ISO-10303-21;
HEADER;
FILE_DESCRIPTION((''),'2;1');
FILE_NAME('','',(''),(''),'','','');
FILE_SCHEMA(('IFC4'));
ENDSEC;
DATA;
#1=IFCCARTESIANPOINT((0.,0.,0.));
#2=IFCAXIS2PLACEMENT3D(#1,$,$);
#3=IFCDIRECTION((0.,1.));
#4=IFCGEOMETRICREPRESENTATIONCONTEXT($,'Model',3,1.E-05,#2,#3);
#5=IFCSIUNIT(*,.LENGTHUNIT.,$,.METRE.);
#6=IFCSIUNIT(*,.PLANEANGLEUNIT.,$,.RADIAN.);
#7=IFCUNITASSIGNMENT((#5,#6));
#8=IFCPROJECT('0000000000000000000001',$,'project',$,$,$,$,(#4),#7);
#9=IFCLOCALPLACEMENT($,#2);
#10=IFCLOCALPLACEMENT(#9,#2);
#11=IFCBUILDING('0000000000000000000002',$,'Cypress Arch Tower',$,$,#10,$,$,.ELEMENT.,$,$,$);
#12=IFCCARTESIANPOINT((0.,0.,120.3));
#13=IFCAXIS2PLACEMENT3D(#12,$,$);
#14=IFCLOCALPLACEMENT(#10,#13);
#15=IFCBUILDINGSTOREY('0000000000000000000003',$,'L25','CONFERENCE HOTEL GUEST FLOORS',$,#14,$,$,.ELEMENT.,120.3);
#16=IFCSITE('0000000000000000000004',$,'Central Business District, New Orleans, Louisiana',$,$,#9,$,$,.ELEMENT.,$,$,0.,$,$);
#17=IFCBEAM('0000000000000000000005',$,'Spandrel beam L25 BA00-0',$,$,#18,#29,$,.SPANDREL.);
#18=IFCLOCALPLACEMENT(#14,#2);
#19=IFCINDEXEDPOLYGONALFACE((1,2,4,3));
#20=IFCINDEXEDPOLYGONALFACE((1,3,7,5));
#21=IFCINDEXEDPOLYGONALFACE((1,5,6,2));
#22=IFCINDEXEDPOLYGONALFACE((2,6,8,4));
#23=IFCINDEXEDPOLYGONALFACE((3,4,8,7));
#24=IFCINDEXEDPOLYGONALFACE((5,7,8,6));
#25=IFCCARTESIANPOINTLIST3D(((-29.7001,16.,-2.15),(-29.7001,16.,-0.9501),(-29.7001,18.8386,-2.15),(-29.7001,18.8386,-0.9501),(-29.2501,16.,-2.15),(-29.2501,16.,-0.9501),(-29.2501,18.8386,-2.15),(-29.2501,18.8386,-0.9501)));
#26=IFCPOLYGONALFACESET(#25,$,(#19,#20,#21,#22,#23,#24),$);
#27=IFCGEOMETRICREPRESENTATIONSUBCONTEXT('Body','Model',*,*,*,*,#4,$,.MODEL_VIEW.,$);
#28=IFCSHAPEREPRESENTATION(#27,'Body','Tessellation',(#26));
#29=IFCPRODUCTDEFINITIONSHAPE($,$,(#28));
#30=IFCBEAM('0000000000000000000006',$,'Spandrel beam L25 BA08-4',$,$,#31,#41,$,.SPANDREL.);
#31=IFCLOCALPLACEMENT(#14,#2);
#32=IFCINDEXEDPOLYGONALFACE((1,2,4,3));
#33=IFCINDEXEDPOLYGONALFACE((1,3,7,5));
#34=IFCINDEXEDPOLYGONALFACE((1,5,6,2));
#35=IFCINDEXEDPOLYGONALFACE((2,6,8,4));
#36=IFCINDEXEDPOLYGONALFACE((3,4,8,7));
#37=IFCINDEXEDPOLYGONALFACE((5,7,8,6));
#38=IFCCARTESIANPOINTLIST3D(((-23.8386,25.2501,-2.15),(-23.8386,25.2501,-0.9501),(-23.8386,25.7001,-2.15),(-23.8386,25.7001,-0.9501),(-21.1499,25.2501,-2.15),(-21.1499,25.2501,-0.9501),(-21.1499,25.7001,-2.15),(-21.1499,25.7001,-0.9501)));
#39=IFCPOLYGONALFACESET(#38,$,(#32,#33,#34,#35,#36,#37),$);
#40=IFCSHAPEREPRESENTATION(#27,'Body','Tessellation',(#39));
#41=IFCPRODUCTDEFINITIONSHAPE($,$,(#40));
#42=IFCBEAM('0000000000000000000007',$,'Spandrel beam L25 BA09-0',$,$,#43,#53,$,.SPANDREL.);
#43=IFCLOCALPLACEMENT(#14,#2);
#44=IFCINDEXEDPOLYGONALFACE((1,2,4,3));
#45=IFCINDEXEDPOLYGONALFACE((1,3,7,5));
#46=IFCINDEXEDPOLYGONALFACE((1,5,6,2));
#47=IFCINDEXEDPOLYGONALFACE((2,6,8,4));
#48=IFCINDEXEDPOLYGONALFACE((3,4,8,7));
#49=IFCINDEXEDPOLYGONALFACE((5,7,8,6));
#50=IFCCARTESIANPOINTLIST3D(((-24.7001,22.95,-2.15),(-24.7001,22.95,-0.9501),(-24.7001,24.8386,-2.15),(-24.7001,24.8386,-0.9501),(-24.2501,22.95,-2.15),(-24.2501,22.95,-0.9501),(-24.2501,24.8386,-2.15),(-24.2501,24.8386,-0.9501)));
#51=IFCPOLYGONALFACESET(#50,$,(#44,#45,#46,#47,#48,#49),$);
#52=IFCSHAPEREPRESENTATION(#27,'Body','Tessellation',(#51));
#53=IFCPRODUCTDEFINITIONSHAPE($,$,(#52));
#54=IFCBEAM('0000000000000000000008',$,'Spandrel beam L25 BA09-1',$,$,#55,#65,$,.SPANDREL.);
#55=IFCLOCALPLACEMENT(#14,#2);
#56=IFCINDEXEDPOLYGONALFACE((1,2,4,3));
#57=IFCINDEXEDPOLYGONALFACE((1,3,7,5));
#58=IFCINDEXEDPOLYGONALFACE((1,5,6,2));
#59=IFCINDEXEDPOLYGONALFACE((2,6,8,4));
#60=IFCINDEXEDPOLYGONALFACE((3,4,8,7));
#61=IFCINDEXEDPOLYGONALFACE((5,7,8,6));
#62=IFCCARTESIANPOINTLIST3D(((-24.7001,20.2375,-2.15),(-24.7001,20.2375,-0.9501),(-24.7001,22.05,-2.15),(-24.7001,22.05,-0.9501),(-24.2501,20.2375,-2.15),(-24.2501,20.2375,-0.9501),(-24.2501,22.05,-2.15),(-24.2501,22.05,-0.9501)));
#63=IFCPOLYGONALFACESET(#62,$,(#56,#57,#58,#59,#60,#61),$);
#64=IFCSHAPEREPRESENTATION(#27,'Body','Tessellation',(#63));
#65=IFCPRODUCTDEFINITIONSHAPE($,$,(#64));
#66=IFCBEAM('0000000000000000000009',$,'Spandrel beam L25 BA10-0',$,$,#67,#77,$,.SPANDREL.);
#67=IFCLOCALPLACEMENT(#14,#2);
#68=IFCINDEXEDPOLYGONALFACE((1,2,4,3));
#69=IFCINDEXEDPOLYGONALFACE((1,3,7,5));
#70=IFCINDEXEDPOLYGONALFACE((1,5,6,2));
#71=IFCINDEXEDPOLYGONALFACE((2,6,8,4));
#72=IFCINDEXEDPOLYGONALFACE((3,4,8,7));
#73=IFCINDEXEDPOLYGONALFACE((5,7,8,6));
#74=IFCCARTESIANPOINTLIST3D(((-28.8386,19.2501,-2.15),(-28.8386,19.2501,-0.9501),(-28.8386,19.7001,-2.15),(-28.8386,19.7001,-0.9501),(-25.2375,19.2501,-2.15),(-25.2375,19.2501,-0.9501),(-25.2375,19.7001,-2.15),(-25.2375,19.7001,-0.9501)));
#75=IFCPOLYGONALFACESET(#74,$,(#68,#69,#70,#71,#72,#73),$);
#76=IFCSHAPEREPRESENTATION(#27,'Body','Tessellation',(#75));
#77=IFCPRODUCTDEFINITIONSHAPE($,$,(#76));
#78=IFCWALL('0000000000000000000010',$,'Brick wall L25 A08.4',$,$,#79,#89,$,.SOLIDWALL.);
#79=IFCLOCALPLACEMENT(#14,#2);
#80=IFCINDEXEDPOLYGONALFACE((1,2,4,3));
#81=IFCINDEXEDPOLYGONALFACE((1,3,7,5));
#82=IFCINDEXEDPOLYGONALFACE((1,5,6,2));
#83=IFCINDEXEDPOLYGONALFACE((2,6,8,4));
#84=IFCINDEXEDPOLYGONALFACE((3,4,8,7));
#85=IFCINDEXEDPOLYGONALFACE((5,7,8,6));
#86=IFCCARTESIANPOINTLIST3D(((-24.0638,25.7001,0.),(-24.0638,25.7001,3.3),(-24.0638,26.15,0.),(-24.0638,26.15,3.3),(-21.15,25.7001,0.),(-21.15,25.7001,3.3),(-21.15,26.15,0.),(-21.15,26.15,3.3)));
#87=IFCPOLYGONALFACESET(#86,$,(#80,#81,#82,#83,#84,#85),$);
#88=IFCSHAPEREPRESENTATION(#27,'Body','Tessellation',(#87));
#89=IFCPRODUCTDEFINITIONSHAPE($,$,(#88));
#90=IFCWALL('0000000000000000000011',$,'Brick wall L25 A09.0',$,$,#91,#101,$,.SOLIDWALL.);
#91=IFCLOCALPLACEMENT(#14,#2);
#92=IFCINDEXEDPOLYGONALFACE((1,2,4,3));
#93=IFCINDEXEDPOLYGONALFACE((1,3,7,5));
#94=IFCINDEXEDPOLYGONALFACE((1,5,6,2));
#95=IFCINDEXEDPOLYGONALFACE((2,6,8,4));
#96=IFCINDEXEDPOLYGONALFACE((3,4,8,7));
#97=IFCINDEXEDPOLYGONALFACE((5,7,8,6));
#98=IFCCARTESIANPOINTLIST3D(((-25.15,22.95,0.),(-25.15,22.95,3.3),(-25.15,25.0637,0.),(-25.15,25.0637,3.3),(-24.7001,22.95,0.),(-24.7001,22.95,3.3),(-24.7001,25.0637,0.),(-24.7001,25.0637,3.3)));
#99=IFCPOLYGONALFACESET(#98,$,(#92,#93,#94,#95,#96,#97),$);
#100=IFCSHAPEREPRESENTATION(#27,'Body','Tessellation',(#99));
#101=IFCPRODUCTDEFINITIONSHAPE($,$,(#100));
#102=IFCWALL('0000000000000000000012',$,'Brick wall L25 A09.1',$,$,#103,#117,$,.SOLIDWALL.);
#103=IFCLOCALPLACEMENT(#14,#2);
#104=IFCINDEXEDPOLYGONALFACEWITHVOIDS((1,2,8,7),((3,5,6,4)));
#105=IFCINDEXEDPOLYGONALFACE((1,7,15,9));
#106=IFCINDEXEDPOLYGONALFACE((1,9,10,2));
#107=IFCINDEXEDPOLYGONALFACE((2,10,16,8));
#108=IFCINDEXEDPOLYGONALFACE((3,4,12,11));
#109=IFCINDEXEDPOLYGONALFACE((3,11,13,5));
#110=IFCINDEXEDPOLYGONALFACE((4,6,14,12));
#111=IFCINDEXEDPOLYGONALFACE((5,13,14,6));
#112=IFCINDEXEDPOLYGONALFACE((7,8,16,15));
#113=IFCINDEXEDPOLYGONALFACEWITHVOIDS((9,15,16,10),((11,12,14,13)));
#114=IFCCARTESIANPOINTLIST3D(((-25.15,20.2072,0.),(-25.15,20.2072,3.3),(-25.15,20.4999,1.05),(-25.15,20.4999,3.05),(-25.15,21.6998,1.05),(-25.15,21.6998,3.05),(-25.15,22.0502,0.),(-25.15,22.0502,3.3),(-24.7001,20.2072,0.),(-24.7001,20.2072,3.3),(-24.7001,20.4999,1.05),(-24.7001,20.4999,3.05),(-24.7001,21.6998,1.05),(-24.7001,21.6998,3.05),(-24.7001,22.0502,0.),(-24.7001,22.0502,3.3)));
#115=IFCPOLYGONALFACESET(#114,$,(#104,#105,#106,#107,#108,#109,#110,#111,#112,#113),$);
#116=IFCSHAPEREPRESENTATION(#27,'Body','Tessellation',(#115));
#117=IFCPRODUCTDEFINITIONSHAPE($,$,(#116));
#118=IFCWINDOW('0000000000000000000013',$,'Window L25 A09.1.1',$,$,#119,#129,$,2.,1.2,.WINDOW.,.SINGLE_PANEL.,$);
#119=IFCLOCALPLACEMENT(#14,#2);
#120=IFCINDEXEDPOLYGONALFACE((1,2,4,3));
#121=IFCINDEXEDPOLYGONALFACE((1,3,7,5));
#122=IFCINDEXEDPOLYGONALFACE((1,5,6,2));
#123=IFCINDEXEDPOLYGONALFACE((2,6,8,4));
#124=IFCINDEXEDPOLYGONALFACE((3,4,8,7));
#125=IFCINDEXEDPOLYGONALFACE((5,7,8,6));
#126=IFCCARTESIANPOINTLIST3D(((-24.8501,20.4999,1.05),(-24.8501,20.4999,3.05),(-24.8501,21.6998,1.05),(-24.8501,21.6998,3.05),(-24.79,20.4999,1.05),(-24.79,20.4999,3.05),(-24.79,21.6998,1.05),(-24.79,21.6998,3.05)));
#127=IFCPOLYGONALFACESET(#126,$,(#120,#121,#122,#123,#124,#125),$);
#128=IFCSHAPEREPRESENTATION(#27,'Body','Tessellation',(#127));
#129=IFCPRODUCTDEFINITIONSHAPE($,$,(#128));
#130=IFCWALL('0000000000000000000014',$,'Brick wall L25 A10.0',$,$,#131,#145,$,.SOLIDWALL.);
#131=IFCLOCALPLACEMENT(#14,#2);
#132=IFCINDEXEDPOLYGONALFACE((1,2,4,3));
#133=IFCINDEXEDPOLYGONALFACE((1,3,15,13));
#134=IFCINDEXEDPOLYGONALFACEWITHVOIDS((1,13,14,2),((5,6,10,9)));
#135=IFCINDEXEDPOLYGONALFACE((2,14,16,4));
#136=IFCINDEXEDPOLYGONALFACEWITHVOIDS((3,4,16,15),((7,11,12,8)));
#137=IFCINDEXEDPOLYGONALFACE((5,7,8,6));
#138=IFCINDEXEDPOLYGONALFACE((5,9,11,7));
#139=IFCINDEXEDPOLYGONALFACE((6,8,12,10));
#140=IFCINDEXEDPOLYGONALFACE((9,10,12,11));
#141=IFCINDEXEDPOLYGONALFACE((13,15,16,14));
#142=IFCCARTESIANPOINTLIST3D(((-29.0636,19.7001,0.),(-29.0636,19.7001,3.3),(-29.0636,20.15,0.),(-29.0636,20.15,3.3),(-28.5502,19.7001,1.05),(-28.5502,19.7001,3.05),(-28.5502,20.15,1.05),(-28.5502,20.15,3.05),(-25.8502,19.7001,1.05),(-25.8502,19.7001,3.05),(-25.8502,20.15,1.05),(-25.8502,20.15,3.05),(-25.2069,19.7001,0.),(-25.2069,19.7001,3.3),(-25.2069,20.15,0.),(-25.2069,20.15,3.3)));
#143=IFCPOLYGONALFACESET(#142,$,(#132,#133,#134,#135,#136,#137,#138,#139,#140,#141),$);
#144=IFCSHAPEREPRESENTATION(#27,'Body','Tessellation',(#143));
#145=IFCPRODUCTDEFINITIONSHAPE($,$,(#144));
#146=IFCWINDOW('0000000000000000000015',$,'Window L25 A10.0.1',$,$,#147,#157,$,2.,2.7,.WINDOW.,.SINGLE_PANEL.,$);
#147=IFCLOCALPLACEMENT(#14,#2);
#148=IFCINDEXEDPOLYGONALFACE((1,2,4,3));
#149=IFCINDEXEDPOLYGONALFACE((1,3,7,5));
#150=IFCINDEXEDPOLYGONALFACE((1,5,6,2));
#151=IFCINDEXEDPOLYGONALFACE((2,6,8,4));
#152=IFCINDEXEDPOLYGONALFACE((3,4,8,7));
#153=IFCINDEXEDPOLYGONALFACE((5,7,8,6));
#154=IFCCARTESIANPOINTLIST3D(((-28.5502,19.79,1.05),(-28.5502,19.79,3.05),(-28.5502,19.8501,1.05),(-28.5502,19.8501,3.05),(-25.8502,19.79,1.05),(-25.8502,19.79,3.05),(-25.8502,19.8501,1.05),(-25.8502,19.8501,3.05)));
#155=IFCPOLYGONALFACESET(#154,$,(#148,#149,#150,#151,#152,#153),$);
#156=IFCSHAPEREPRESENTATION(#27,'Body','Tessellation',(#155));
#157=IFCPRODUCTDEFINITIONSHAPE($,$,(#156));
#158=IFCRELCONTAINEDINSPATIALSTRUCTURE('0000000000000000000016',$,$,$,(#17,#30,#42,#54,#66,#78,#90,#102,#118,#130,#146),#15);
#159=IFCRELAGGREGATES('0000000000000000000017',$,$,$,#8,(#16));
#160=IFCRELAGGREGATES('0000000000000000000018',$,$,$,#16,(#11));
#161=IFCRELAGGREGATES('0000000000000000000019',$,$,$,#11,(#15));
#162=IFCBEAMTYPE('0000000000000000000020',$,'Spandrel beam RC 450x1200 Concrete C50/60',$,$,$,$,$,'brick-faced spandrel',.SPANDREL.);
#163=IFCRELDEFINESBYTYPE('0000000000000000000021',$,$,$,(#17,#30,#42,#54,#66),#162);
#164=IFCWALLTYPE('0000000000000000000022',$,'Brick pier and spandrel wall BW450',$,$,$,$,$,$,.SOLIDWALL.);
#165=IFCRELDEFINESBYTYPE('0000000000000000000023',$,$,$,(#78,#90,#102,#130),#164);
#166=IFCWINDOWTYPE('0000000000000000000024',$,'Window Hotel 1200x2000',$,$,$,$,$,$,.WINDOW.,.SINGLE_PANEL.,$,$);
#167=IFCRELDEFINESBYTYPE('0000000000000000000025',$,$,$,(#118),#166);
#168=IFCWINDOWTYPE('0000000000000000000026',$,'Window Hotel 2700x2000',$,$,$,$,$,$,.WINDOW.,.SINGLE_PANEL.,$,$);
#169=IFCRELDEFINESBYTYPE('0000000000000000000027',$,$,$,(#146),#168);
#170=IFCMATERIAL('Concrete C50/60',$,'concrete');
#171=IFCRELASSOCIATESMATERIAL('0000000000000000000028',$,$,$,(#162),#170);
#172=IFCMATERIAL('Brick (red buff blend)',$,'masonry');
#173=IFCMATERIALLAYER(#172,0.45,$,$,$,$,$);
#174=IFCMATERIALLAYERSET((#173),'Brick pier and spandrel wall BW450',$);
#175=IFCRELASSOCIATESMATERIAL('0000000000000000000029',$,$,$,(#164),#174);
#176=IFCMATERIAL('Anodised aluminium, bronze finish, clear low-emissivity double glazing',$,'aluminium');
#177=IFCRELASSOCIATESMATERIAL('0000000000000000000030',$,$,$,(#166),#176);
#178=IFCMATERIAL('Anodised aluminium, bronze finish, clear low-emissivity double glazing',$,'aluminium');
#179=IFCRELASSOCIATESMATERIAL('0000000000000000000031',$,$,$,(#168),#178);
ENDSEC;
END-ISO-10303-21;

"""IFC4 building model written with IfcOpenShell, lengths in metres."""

from ifc_helpers import new_model, si_unit, direction, frame, frame_2d, origin, origin_2d, place, context, subcontext, project, spatial, rectangle, extrude, material, layer, layer_set, material_profile, profile_set, type_object, element, fill, save


model = new_model("IFC4")

# Units and contexts
model_context = context("Model", 3, precision=1e-05, world=origin(), true_north=direction((0.0, 1.0)))
body_context = subcontext(model_context, "Body", "Model", "MODEL_VIEW")
ifc_project = project(units=[si_unit("LENGTHUNIT", "METRE"), si_unit("PLANEANGLEUNIT", "RADIAN")], contexts=[model_context])

# Site, building, storey
site_placement = place(None, origin())
site = spatial("IfcSite", under=ifc_project, at=site_placement, Name="Central Business District, New Orleans, Louisiana", CompositionType="ELEMENT", RefElevation=0.0)
building_placement = place(site_placement, origin())
building = spatial("IfcBuilding", under=site, at=building_placement, Name="Cypress Arch Tower", CompositionType="ELEMENT")
storey_placement = place(building_placement, frame((0.0, 0.0, 120.3)))
storey = spatial("IfcBuildingStorey", under=building, at=storey_placement, Name="L25", Description="CONFERENCE HOTEL GUEST FLOORS", CompositionType="ELEMENT", Elevation=120.3)

# Beams
ifc_material_1 = material(Name="Concrete C50/60", Category="concrete")
ifc_material_profile_1 = material_profile(ifc_material_1, rectangle(XDim=0.45, YDim=1.2, at=origin_2d()), Name="RC 450x1200")
ifc_profile_set_1 = profile_set([ifc_material_profile_1], Name="Concrete C50/60")
beam_type_1 = type_object("IfcBeamType", Name="Spandrel beam RC 450x1200 Concrete C50/60", ElementType="brick-faced spandrel", PredefinedType="SPANDREL", material=ifc_profile_set_1)
beam_1_placement = place(storey_placement, frame((-29.4751, 18.8386, -1.55), z_axis=(0.0, -1.0, 0.0), x_axis=(1.0, 0.0, 0.0)))
element("IfcBeam", 1, at=beam_1_placement, inside=storey, type_object=beam_type_1, Name="Spandrel beam L25 BA00-0", PredefinedType="SPANDREL", context=body_context, shape_type="SweptSolid", body=[
    extrude(rectangle(XDim=0.45, YDim=1.2, at=origin_2d()), origin(), (0.0, 0.0, 1.0), 2.8386),
])
beam_2_placement = place(storey_placement, frame((-21.1499, 25.4751, -1.55), z_axis=(-1.0, 0.0, 0.0), x_axis=(0.0, -1.0, 0.0)))
element("IfcBeam", 2, at=beam_2_placement, inside=storey, type_object=beam_type_1, Name="Spandrel beam L25 BA08-4", PredefinedType="SPANDREL", context=body_context, shape_type="SweptSolid", body=[
    extrude(rectangle(XDim=0.45, YDim=1.2, at=origin_2d()), origin(), (0.0, 0.0, 1.0), 2.6887),
])
beam_3_placement = place(storey_placement, frame((-24.4751, 24.8386, -1.55), z_axis=(0.0, -1.0, 0.0), x_axis=(1.0, 0.0, 0.0)))
element("IfcBeam", 3, at=beam_3_placement, inside=storey, type_object=beam_type_1, Name="Spandrel beam L25 BA09-0", PredefinedType="SPANDREL", context=body_context, shape_type="SweptSolid", body=[
    extrude(rectangle(XDim=0.45, YDim=1.2, at=origin_2d()), origin(), (0.0, 0.0, 1.0), 1.8887),
])
beam_4_placement = place(storey_placement, frame((-24.4751, 22.05, -1.55), z_axis=(0.0, -1.0, 0.0), x_axis=(1.0, 0.0, 0.0)))
element("IfcBeam", 4, at=beam_4_placement, inside=storey, type_object=beam_type_1, Name="Spandrel beam L25 BA09-1", PredefinedType="SPANDREL", context=body_context, shape_type="SweptSolid", body=[
    extrude(rectangle(XDim=0.45, YDim=1.2, at=origin_2d()), origin(), (0.0, 0.0, 1.0), 1.8125),
])
beam_5_placement = place(storey_placement, frame((-25.2375, 19.4751, -1.55), z_axis=(-1.0, 0.0, 0.0), x_axis=(0.0, -1.0, 0.0)))
element("IfcBeam", 5, at=beam_5_placement, inside=storey, type_object=beam_type_1, Name="Spandrel beam L25 BA10-0", PredefinedType="SPANDREL", context=body_context, shape_type="SweptSolid", body=[
    extrude(rectangle(XDim=0.45, YDim=1.2, at=origin_2d()), origin(), (0.0, 0.0, 1.0), 3.6011),
])

# Shared definitions
ifc_material_2 = material(Name="Brick (red buff blend)", Category="masonry")
ifc_layer_1 = layer(ifc_material_2, 0.45)
ifc_layer_set_1 = layer_set([ifc_layer_1], Name="Brick pier and spandrel wall BW450")
wall_type_1 = type_object("IfcWallType", Name="Brick pier and spandrel wall BW450", PredefinedType="SOLIDWALL", material=ifc_layer_set_1)

# Walls
wall_1_placement = place(storey_placement, frame((-21.1499, 25.925, 0.0), z_axis=(0.0, 0.0, 1.0), x_axis=(-1.0, 0.0, 0.0)))
element("IfcWall", 6, at=wall_1_placement, inside=storey, type_object=wall_type_1, Name="Brick wall L25 A08.4", PredefinedType="SOLIDWALL", context=body_context, shape_type="SweptSolid", body=[
    extrude(rectangle(XDim=2.9138, YDim=0.45, at=frame_2d((1.457, 0.0))), origin(), (0.0, 0.0, 1.0), 3.3),
])
wall_2_placement = place(storey_placement, frame((-24.925, 25.0637, 0.0), z_axis=(0.0, 0.0, 1.0), x_axis=(0.0, -1.0, 0.0)))
element("IfcWall", 7, at=wall_2_placement, inside=storey, type_object=wall_type_1, Name="Brick wall L25 A09.0", PredefinedType="SOLIDWALL", context=body_context, shape_type="SweptSolid", body=[
    extrude(rectangle(XDim=2.1138, YDim=0.45, at=frame_2d((1.0569, 0.0))), origin(), (0.0, 0.0, 1.0), 3.3),
])

# Walls, openings, windows
wall_3_placement = place(storey_placement, frame((-24.925, 22.05, 0.0), z_axis=(0.0, 0.0, 1.0), x_axis=(0.0, -1.0, 0.0)))
wall_3 = element("IfcWall", 8, at=wall_3_placement, inside=storey, type_object=wall_type_1, Name="Brick wall L25 A09.1", PredefinedType="SOLIDWALL", context=body_context, shape_type="SweptSolid", body=[
    extrude(rectangle(XDim=1.843, YDim=0.45, at=frame_2d((0.9214, 0.0))), origin(), (0.0, 0.0, 1.0), 3.3),
])
opening_1_placement = place(wall_3_placement, frame((0.3501, 0.0, 1.05)))
opening_1 = element("IfcOpeningElement", 9, at=opening_1_placement, cuts=wall_3, PredefinedType="OPENING", context=body_context, shape_type="SweptSolid", body=[
    extrude(rectangle(XDim=1.2, YDim=2.0, at=frame_2d((0.6001, 1.0))), frame((0.0, 0.2349, 0.0), z_axis=(0.0, -1.0, 0.0), x_axis=(1.0, 0.0, 0.0)), (0.0, 0.0, 1.0), 0.47),
])
ifc_material_3 = material(Name="Anodised aluminium, bronze finish, clear low-emissivity double glazing", Category="aluminium")
window_type_1 = type_object("IfcWindowType", Name="Window Hotel 1200x2000", PartitioningType="SINGLE_PANEL", PredefinedType="WINDOW", material=ifc_material_3)
window_1_placement = place(opening_1_placement, origin())
window_1 = element("IfcWindow", 10, at=window_1_placement, inside=storey, type_object=window_type_1, Name="Window L25 A09.1.1", OverallHeight=2.0, OverallWidth=1.2, PartitioningType="SINGLE_PANEL", PredefinedType="WINDOW", context=body_context, shape_type="SweptSolid", body=[
    extrude(rectangle(XDim=1.2, YDim=2.0, at=frame_2d((0.6001, 1.0))), frame((0.0, 0.135, 0.0), z_axis=(0.0, -1.0, 0.0), x_axis=(1.0, 0.0, 0.0)), (0.0, 0.0, 1.0), 0.0601),
])
fill(opening_1, window_1)
wall_4_placement = place(storey_placement, frame((-25.207, 19.925, 0.0), z_axis=(0.0, 0.0, 1.0), x_axis=(-1.0, 0.0, 0.0)))
wall_4 = element("IfcWall", 11, at=wall_4_placement, inside=storey, type_object=wall_type_1, Name="Brick wall L25 A10.0", PredefinedType="SOLIDWALL", context=body_context, shape_type="SweptSolid", body=[
    extrude(rectangle(XDim=3.8567, YDim=0.45, at=frame_2d((1.9282, 0.0))), origin(), (0.0, 0.0, 1.0), 3.3),
])
opening_2_placement = place(wall_4_placement, frame((0.6431, 0.0, 1.05)))
opening_2 = element("IfcOpeningElement", 12, at=opening_2_placement, cuts=wall_4, PredefinedType="OPENING", context=body_context, shape_type="SweptSolid", body=[
    extrude(rectangle(XDim=2.7, YDim=2.0, at=frame_2d((1.3501, 1.0))), frame((0.0, 0.2349, 0.0), z_axis=(0.0, -1.0, 0.0), x_axis=(1.0, 0.0, 0.0)), (0.0, 0.0, 1.0), 0.47),
])
ifc_material_4 = material(Name="Anodised aluminium, bronze finish, clear low-emissivity double glazing", Category="aluminium")
window_type_2 = type_object("IfcWindowType", Name="Window Hotel 2700x2000", PartitioningType="SINGLE_PANEL", PredefinedType="WINDOW", material=ifc_material_4)
window_2_placement = place(opening_2_placement, origin())
window_2 = element("IfcWindow", 13, at=window_2_placement, inside=storey, type_object=window_type_2, Name="Window L25 A10.0.1", OverallHeight=2.0, OverallWidth=2.7, PartitioningType="SINGLE_PANEL", PredefinedType="WINDOW", context=body_context, shape_type="SweptSolid", body=[
    extrude(rectangle(XDim=2.7, YDim=2.0, at=frame_2d((1.3501, 1.0))), frame((0.0, 0.135, 0.0), z_axis=(0.0, -1.0, 0.0), x_axis=(1.0, 0.0, 0.0)), (0.0, 0.0, 1.0), 0.0601),
])
fill(opening_2, window_2)

save(model, "model.ifc")
